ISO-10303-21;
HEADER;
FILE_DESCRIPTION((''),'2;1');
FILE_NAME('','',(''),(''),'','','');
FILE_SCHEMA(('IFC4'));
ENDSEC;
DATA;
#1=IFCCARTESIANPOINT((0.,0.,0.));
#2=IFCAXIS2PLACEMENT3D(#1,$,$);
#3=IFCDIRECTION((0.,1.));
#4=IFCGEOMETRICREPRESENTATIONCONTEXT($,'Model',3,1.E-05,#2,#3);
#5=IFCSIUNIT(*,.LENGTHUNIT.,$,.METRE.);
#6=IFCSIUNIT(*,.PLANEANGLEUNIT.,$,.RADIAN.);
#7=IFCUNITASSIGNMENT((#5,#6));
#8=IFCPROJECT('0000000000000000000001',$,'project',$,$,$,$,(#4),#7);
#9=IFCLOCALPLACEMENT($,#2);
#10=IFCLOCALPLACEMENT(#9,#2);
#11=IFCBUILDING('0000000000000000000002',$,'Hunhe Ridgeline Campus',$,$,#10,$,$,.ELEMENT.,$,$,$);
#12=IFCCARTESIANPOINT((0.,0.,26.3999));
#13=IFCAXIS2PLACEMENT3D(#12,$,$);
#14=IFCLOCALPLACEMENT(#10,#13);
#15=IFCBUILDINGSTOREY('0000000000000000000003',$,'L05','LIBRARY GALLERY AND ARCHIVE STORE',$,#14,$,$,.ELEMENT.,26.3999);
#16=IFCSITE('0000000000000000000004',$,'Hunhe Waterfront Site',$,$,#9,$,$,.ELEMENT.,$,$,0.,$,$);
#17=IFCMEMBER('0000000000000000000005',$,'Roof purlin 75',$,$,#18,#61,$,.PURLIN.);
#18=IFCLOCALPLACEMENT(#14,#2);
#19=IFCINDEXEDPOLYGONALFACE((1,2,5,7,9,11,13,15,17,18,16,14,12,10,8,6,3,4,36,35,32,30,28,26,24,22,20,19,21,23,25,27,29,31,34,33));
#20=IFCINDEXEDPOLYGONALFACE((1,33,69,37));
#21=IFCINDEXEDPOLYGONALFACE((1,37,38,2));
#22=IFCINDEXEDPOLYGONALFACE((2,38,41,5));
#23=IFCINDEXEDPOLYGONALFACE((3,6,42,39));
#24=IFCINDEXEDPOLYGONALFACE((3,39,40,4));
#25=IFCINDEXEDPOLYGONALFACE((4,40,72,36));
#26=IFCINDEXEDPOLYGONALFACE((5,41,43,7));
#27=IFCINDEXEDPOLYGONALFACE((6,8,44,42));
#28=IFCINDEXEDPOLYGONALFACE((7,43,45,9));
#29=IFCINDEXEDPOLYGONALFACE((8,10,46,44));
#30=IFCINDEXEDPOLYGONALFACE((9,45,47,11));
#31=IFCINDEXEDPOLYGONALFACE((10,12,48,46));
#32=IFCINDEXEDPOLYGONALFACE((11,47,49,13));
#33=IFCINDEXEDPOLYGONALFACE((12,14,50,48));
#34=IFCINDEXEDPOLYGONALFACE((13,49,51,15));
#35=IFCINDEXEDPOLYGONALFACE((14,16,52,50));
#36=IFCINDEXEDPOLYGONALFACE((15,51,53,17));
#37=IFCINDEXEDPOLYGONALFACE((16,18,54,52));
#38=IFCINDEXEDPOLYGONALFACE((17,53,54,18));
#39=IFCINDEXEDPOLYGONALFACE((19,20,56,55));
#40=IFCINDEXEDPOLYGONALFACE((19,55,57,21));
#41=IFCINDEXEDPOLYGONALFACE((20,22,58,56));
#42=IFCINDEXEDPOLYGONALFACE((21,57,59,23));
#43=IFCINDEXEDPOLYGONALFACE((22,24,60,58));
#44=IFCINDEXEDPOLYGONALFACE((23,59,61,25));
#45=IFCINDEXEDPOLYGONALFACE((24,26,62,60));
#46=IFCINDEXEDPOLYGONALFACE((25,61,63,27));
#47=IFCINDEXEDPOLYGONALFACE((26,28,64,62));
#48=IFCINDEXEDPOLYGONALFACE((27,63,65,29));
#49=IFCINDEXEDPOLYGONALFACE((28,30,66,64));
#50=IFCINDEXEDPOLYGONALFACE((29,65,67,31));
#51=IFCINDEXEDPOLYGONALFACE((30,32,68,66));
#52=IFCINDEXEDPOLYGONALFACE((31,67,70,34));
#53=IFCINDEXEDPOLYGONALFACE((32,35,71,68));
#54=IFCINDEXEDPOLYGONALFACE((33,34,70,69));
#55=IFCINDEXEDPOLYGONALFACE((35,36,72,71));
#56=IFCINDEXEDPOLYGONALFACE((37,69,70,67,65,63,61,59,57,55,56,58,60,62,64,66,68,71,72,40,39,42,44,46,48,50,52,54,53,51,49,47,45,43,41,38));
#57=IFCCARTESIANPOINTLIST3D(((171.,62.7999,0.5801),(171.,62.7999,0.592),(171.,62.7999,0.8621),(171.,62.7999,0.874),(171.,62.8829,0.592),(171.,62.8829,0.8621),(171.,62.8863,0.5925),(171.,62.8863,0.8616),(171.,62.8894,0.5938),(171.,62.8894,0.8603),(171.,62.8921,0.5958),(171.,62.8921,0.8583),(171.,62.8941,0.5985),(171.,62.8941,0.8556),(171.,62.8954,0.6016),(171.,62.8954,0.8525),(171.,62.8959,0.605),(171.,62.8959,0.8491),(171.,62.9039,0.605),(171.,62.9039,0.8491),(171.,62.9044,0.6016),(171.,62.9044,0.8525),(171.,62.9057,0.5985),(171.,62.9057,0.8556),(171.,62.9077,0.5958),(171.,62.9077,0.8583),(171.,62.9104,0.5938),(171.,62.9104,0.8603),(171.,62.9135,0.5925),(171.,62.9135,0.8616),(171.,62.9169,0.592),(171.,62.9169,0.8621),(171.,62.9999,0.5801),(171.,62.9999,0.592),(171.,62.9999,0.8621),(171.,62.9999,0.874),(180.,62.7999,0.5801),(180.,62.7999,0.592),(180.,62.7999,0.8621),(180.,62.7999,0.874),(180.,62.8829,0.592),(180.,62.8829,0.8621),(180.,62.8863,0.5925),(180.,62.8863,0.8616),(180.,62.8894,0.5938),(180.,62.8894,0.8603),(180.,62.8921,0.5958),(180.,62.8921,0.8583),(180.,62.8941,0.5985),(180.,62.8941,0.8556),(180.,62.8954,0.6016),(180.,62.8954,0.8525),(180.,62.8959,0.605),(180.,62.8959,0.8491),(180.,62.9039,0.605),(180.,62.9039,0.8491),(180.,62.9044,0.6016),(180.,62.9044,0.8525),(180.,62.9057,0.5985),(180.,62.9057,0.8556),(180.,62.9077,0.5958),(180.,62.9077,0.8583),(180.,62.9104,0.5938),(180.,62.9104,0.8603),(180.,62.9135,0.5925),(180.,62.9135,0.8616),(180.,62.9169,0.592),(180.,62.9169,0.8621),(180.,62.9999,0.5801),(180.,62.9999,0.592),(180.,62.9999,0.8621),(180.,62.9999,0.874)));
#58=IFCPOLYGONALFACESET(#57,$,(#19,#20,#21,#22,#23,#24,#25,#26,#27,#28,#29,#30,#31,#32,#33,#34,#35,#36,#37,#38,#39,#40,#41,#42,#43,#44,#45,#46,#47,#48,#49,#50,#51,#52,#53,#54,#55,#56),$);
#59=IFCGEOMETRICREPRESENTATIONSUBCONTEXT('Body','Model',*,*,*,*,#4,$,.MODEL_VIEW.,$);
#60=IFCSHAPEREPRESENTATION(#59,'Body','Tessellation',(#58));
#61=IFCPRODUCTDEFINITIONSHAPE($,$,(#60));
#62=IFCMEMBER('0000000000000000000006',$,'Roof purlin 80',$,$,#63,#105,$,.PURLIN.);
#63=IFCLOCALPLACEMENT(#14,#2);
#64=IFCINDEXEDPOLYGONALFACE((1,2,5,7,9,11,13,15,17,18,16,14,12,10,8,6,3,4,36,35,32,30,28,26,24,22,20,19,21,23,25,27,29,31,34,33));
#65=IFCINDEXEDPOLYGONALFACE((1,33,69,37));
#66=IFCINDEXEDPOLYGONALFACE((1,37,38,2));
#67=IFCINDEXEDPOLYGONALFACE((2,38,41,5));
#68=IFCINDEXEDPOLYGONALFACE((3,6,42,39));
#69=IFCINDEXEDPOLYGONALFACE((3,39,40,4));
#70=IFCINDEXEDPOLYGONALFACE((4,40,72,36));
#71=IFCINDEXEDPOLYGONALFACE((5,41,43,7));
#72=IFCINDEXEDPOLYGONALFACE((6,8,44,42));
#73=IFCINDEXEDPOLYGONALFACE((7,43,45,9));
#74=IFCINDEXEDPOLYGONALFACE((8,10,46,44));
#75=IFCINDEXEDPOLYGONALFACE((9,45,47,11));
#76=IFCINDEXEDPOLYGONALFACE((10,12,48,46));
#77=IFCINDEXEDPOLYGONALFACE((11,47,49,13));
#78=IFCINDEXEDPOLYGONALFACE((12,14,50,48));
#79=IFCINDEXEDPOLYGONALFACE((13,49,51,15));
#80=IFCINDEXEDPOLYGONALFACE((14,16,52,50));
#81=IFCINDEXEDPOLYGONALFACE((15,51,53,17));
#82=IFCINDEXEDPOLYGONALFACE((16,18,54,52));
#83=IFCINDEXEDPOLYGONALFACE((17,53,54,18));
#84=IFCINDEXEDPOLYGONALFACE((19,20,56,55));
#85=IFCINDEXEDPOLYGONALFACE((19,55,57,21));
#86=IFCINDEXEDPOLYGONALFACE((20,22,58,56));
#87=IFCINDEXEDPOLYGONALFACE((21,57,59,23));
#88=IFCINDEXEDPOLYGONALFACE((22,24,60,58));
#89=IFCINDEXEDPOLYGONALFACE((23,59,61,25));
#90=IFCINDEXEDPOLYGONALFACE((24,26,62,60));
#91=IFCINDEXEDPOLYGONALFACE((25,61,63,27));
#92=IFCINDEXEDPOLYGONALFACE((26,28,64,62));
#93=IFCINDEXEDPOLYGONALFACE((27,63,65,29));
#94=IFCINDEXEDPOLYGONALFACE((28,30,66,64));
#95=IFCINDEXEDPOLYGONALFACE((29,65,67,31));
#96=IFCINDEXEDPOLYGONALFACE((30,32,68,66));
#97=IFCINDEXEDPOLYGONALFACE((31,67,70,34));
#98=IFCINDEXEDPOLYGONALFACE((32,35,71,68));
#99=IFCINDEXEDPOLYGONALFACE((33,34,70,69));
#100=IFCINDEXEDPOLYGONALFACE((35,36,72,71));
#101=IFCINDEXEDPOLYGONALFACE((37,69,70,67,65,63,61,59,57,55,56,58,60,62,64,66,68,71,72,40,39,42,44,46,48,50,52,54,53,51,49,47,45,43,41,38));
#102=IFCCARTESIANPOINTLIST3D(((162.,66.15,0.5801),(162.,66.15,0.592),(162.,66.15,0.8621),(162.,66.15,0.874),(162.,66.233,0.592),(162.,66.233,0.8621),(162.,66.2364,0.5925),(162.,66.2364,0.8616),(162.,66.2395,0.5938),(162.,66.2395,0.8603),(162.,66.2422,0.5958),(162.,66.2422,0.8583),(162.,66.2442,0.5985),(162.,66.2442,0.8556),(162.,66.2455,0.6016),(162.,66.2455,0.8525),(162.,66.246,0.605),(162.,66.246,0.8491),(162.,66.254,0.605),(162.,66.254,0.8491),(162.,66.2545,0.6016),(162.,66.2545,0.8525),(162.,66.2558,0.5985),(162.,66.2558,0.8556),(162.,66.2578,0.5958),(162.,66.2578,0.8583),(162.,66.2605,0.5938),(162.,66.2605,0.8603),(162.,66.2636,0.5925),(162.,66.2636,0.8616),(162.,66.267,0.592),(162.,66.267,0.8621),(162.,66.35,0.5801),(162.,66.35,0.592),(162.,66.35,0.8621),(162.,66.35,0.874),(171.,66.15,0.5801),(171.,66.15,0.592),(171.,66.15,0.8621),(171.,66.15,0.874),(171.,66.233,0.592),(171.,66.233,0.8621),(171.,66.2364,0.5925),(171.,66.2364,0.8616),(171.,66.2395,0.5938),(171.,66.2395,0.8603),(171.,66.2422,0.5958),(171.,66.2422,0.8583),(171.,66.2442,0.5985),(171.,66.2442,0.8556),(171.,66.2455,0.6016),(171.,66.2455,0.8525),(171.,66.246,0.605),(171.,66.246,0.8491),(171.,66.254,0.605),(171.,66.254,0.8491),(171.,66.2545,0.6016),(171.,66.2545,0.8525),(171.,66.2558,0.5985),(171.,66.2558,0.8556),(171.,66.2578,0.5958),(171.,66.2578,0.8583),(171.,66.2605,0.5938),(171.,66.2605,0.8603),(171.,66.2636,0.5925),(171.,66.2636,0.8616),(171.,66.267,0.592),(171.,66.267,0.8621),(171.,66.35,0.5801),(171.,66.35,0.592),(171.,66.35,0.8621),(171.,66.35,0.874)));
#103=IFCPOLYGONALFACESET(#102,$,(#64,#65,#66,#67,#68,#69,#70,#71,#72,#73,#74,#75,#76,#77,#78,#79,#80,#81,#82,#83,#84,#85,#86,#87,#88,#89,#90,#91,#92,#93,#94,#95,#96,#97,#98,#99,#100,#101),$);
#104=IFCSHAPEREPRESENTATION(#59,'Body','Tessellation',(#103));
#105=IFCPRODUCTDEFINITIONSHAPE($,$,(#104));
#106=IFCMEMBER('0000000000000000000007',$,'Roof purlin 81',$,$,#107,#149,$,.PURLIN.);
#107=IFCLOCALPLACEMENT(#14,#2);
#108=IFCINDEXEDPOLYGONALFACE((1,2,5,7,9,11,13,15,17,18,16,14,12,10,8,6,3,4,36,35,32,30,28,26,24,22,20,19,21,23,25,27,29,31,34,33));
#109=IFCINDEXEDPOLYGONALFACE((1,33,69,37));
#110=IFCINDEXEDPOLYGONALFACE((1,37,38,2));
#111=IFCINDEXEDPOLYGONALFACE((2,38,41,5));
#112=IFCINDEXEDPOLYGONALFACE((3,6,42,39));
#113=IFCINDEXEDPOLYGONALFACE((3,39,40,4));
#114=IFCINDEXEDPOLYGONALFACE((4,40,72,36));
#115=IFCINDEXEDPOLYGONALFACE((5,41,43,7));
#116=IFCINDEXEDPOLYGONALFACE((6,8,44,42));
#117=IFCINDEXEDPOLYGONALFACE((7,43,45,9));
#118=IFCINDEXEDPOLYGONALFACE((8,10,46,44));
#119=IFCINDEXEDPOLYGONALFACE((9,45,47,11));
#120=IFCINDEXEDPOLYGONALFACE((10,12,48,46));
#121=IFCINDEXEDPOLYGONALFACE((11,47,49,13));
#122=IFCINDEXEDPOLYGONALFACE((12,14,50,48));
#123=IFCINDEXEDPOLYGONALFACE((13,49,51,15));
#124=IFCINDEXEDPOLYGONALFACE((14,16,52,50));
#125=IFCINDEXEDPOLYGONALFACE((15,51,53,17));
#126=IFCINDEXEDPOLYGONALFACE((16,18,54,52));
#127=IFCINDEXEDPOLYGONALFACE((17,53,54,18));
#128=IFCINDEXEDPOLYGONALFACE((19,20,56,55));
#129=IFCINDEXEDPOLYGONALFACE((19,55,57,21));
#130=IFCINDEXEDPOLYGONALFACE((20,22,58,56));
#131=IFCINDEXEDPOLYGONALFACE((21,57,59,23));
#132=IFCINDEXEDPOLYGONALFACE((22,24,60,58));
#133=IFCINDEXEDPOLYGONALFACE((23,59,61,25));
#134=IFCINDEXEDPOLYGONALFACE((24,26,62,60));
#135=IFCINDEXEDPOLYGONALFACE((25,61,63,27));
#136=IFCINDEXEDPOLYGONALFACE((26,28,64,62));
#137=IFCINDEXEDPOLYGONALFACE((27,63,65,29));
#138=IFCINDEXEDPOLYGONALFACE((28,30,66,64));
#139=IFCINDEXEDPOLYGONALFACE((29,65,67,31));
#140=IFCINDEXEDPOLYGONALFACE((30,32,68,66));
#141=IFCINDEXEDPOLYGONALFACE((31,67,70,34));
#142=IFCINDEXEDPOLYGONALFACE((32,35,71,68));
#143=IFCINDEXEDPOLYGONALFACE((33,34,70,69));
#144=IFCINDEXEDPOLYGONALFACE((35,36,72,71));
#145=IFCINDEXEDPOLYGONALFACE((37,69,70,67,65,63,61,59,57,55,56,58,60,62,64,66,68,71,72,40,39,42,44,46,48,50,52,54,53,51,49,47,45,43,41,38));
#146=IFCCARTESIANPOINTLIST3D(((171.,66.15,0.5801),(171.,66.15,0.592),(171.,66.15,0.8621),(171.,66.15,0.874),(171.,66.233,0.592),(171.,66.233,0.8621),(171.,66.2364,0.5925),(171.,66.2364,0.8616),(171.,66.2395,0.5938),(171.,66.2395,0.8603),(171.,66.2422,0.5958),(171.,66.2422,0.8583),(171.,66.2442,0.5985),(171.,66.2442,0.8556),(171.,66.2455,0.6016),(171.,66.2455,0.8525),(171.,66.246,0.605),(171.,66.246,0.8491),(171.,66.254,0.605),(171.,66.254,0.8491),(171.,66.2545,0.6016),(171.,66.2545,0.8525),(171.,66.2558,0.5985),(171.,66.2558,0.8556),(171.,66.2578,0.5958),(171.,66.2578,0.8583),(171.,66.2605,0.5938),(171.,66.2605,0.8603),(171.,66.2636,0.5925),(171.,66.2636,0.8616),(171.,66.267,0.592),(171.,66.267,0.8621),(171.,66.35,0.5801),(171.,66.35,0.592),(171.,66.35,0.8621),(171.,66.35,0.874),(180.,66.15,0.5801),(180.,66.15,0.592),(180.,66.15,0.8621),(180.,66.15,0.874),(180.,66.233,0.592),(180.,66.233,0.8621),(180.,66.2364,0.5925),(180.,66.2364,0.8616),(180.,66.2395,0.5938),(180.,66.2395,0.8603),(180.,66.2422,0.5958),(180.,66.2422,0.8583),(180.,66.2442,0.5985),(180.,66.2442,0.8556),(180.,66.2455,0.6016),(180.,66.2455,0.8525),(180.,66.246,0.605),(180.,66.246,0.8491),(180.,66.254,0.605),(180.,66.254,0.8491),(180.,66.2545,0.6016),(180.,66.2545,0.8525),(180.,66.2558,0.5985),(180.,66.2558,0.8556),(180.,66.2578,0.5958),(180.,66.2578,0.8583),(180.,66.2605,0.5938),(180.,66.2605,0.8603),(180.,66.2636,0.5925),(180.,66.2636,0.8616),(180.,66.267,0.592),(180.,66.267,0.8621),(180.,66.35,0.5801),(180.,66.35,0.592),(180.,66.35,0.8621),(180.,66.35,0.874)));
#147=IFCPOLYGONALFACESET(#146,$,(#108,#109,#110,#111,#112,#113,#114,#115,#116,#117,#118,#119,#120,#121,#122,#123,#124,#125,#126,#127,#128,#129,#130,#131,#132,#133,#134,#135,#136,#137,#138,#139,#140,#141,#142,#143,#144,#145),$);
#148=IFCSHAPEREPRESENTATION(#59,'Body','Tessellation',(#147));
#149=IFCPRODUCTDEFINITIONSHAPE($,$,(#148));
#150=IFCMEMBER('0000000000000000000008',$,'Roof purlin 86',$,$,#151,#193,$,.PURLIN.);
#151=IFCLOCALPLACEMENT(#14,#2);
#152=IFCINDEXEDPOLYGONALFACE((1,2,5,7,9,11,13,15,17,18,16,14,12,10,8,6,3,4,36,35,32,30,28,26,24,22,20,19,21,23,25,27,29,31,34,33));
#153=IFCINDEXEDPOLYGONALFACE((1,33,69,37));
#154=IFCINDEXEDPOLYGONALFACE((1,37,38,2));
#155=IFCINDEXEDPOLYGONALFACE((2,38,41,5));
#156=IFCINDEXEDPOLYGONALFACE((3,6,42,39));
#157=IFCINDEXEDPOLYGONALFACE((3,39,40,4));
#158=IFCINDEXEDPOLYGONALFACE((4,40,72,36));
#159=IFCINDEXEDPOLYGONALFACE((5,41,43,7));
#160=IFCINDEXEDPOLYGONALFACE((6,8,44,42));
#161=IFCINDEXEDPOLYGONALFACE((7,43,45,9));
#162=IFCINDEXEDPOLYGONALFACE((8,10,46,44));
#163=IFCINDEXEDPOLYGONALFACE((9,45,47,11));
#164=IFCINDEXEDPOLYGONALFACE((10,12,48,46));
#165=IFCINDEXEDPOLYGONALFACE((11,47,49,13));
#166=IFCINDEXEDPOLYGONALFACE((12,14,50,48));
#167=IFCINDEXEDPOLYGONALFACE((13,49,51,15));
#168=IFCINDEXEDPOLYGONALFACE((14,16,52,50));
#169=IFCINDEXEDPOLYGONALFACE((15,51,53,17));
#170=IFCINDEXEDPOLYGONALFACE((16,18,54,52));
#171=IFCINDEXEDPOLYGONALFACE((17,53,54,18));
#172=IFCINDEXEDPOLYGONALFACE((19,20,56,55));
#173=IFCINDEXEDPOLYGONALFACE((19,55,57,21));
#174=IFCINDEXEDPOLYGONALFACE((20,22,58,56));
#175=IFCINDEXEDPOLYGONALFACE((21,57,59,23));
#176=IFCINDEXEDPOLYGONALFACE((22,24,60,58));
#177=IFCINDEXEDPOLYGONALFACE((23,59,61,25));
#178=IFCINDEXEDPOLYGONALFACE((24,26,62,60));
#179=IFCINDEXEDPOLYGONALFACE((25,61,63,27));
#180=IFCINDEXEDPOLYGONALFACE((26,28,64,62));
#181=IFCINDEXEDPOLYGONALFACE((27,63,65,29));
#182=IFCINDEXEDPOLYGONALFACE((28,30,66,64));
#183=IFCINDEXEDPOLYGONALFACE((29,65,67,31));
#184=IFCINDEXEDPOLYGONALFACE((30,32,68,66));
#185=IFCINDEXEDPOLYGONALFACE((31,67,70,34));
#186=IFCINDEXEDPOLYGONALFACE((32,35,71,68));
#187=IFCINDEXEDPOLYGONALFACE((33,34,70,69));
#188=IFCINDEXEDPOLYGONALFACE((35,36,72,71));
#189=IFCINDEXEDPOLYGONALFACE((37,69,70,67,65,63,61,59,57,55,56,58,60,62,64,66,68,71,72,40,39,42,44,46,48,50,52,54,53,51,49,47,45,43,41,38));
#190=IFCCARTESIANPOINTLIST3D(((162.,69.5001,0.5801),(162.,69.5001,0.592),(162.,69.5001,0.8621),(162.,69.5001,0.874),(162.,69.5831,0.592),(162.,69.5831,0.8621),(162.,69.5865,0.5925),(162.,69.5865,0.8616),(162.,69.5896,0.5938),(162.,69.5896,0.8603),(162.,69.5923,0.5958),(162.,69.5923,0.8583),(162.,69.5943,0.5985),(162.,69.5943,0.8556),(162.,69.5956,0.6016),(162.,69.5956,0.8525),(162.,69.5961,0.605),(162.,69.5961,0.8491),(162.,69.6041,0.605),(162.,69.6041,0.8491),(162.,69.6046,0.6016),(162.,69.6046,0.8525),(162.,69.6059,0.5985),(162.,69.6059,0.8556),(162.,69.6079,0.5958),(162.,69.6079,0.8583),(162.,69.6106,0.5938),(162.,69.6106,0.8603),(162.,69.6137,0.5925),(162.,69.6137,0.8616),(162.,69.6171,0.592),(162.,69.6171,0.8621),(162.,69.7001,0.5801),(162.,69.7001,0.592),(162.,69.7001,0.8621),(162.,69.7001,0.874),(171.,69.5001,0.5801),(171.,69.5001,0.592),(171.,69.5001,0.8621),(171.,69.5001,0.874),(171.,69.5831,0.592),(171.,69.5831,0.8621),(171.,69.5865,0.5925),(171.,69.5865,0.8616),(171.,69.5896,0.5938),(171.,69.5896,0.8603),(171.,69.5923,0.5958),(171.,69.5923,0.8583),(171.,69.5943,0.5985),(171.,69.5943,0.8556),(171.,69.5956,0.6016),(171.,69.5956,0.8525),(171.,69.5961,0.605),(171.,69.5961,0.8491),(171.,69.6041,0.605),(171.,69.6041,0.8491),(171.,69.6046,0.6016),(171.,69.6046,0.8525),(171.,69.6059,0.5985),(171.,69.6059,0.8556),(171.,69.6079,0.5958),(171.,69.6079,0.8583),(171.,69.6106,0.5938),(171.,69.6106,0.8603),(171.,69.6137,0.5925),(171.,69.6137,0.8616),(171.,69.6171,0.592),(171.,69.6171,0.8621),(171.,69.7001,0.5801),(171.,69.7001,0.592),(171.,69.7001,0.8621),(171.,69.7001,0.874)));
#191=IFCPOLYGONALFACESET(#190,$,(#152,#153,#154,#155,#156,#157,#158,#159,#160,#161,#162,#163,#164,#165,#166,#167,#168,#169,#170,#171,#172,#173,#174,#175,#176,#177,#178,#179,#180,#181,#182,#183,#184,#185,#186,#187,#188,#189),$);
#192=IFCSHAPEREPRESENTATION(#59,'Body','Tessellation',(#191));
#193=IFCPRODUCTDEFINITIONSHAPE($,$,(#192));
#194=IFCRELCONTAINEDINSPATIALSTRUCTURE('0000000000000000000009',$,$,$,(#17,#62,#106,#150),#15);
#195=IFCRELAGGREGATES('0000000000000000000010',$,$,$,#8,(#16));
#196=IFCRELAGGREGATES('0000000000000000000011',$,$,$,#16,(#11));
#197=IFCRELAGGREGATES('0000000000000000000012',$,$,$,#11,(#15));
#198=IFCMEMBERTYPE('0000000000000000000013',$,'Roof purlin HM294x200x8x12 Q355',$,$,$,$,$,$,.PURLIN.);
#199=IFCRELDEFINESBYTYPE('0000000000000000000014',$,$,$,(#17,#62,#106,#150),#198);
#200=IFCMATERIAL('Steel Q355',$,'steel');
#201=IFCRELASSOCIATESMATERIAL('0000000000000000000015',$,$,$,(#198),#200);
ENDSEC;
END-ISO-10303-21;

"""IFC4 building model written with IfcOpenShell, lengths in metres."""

from ifc_helpers import new_model, si_unit, direction, frame, origin, origin_2d, place, context, subcontext, project, spatial, i_section, extrude, material, material_profile, profile_set, type_object, element, save


model = new_model("IFC4")

# Units and contexts
model_context = context("Model", 3, precision=1e-05, world=origin(), true_north=direction((0.0, 1.0)))
body_context = subcontext(model_context, "Body", "Model", "MODEL_VIEW")
ifc_project = project(units=[si_unit("LENGTHUNIT", "METRE"), si_unit("PLANEANGLEUNIT", "RADIAN")], contexts=[model_context])

# Site, building, storey
site_placement = place(None, origin())
site = spatial("IfcSite", under=ifc_project, at=site_placement, Name="Hunhe Waterfront Site", CompositionType="ELEMENT", RefElevation=0.0)
building_placement = place(site_placement, origin())
building = spatial("IfcBuilding", under=site, at=building_placement, Name="Hunhe Ridgeline Campus", CompositionType="ELEMENT")
storey_placement = place(building_placement, frame((0.0, 0.0, 26.3999)))
storey = spatial("IfcBuildingStorey", under=building, at=storey_placement, Name="L05", Description="LIBRARY GALLERY AND ARCHIVE STORE", CompositionType="ELEMENT", Elevation=26.3999)

# Members
ifc_material = material(Name="Steel Q355", Category="steel")
ifc_material_profile_1 = material_profile(ifc_material, i_section(OverallWidth=0.2, OverallDepth=0.2939, WebThickness=0.0081, FlangeThickness=0.012, FilletRadius=0.0129, at=origin_2d()))
ifc_profile_set_1 = profile_set([ifc_material_profile_1], Name="Steel Q355")
member_type_1 = type_object("IfcMemberType", Name="Roof purlin HM294x200x8x12 Q355", PredefinedType="PURLIN", material=ifc_profile_set_1)
for number, where, z_axis, x_axis, name in (
    (1, (171.0, 62.8999, 0.7271), (1.0, 0.0, 0.0), (0.0, 1.0, 0.0), "Roof purlin 75"),
    (2, (162.0, 66.25, 0.7271), (1.0, 0.0, 0.0), (0.0, 1.0, 0.0), "Roof purlin 80"),
    (3, (171.0, 66.25, 0.7271), (1.0, 0.0, 0.0), (0.0, 1.0, 0.0), "Roof purlin 81"),
    (4, (162.0, 69.6001, 0.7271), (1.0, 0.0, 0.0), (0.0, 1.0, 0.0), "Roof purlin 86"),
):
    element("IfcMember", number, at=place(storey_placement, frame(where, z_axis=z_axis, x_axis=x_axis)), inside=storey, type_object=member_type_1, Name=name, PredefinedType="PURLIN", context=body_context, shape_type="SweptSolid", body=[
        extrude(i_section(OverallWidth=0.2, OverallDepth=0.2939, WebThickness=0.0081, FlangeThickness=0.012, FilletRadius=0.0129, at=origin_2d()), origin(), (0.0, 0.0, 1.0), 9.0),
    ])

save(model, "model.ifc")
